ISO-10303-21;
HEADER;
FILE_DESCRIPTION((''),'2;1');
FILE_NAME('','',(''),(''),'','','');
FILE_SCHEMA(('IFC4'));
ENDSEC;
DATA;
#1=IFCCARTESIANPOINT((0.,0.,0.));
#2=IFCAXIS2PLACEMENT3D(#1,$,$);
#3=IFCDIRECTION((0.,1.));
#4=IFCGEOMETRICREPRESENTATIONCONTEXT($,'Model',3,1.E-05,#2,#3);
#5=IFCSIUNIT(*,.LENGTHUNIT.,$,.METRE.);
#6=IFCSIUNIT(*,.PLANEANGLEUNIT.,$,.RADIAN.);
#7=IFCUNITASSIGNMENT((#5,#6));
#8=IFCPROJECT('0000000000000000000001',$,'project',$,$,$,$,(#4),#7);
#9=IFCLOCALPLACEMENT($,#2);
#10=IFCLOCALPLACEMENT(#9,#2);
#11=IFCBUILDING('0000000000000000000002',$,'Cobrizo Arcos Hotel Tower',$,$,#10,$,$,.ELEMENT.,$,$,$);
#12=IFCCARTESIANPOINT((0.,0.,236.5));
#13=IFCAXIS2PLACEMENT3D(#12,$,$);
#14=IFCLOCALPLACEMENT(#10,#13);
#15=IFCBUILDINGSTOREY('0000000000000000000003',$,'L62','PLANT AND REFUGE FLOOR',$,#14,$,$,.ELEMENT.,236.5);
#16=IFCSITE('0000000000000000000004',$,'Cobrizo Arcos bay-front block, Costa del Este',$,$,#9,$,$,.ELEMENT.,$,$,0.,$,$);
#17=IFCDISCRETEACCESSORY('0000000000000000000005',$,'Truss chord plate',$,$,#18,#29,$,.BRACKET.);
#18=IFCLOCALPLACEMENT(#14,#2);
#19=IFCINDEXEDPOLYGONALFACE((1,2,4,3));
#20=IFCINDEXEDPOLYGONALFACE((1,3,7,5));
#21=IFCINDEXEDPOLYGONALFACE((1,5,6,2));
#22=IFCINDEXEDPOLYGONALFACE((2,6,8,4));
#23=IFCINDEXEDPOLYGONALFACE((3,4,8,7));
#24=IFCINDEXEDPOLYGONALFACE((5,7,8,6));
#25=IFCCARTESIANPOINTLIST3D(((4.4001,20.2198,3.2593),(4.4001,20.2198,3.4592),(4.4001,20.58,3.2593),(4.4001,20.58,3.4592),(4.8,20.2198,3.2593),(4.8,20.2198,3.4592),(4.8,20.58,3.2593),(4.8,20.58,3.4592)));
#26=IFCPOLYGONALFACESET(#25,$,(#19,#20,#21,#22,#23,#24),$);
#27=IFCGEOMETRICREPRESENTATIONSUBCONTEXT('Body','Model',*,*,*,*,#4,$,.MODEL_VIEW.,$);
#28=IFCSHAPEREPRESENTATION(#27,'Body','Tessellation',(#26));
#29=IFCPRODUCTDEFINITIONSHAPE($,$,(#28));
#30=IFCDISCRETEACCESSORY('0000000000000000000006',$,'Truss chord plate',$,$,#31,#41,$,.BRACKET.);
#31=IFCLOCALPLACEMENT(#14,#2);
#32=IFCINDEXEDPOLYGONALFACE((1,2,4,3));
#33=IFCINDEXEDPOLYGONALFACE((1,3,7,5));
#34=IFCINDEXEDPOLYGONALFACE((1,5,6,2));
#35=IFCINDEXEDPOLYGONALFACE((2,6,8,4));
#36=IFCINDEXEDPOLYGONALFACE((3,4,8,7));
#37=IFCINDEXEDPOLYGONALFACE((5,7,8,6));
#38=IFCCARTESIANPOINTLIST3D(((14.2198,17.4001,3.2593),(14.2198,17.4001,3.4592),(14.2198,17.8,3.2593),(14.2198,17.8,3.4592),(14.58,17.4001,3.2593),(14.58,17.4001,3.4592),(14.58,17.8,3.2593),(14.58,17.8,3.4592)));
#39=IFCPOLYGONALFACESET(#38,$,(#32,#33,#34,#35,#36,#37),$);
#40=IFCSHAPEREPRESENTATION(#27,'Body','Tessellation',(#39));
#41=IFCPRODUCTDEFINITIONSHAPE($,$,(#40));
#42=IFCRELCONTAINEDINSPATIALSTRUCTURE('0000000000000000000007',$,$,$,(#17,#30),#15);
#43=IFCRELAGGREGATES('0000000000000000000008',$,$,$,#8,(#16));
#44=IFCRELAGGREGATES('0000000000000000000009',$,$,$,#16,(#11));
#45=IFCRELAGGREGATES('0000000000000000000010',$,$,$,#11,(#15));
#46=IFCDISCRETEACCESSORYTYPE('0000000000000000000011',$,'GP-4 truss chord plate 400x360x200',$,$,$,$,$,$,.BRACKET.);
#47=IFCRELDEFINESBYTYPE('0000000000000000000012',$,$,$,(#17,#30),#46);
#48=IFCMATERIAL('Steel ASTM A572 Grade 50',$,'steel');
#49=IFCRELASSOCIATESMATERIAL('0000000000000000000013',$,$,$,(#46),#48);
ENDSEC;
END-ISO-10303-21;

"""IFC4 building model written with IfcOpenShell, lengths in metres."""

from ifc_helpers import new_model, si_unit, direction, frame, origin, origin_2d, place, context, subcontext, project, spatial, rectangle, extrude, material, type_object, element, save


model = new_model("IFC4")

# Units and contexts
model_context = context("Model", 3, precision=1e-05, world=origin(), true_north=direction((0.0, 1.0)))
body_context = subcontext(model_context, "Body", "Model", "MODEL_VIEW")
ifc_project = project(units=[si_unit("LENGTHUNIT", "METRE"), si_unit("PLANEANGLEUNIT", "RADIAN")], contexts=[model_context])

# Site, building, storey
site_placement = place(None, origin())
site = spatial("IfcSite", under=ifc_project, at=site_placement, Name="Cobrizo Arcos bay-front block, Costa del Este", CompositionType="ELEMENT", RefElevation=0.0)
building_placement = place(site_placement, origin())
building = spatial("IfcBuilding", under=site, at=building_placement, Name="Cobrizo Arcos Hotel Tower", CompositionType="ELEMENT")
storey_placement = place(building_placement, frame((0.0, 0.0, 236.5)))
storey = spatial("IfcBuildingStorey", under=building, at=storey_placement, Name="L62", Description="PLANT AND REFUGE FLOOR", CompositionType="ELEMENT", Elevation=236.5)

# Discrete accessories
ifc_material_1 = material(Name="Steel ASTM A572 Grade 50", Category="steel")
discrete_accessory_type_1 = type_object("IfcDiscreteAccessoryType", Name="GP-4 truss chord plate 400x360x200", PredefinedType="BRACKET", material=ifc_material_1)
for number, where, z_axis, x_axis, name in (
    (1, (4.6001, 20.3999, 3.2593), (0.0, 0.0, 1.0), (-1.0, 0.0, 0.0), "Truss chord plate"),
    (2, (14.3999, 17.6001, 3.2593), (0.0, 0.0, 1.0), (0.0, 1.0, 0.0), "Truss chord plate"),
):
    element("IfcDiscreteAccessory", number, at=place(storey_placement, frame(where, z_axis=z_axis, x_axis=x_axis)), inside=storey, type_object=discrete_accessory_type_1, Name=name, PredefinedType="BRACKET", context=body_context, shape_type="SweptSolid", body=[
        extrude(rectangle(XDim=0.3999, YDim=0.3601, at=origin_2d()), origin(), (0.0, 0.0, 1.0), 0.2),
    ])

save(model, "model.ifc")
